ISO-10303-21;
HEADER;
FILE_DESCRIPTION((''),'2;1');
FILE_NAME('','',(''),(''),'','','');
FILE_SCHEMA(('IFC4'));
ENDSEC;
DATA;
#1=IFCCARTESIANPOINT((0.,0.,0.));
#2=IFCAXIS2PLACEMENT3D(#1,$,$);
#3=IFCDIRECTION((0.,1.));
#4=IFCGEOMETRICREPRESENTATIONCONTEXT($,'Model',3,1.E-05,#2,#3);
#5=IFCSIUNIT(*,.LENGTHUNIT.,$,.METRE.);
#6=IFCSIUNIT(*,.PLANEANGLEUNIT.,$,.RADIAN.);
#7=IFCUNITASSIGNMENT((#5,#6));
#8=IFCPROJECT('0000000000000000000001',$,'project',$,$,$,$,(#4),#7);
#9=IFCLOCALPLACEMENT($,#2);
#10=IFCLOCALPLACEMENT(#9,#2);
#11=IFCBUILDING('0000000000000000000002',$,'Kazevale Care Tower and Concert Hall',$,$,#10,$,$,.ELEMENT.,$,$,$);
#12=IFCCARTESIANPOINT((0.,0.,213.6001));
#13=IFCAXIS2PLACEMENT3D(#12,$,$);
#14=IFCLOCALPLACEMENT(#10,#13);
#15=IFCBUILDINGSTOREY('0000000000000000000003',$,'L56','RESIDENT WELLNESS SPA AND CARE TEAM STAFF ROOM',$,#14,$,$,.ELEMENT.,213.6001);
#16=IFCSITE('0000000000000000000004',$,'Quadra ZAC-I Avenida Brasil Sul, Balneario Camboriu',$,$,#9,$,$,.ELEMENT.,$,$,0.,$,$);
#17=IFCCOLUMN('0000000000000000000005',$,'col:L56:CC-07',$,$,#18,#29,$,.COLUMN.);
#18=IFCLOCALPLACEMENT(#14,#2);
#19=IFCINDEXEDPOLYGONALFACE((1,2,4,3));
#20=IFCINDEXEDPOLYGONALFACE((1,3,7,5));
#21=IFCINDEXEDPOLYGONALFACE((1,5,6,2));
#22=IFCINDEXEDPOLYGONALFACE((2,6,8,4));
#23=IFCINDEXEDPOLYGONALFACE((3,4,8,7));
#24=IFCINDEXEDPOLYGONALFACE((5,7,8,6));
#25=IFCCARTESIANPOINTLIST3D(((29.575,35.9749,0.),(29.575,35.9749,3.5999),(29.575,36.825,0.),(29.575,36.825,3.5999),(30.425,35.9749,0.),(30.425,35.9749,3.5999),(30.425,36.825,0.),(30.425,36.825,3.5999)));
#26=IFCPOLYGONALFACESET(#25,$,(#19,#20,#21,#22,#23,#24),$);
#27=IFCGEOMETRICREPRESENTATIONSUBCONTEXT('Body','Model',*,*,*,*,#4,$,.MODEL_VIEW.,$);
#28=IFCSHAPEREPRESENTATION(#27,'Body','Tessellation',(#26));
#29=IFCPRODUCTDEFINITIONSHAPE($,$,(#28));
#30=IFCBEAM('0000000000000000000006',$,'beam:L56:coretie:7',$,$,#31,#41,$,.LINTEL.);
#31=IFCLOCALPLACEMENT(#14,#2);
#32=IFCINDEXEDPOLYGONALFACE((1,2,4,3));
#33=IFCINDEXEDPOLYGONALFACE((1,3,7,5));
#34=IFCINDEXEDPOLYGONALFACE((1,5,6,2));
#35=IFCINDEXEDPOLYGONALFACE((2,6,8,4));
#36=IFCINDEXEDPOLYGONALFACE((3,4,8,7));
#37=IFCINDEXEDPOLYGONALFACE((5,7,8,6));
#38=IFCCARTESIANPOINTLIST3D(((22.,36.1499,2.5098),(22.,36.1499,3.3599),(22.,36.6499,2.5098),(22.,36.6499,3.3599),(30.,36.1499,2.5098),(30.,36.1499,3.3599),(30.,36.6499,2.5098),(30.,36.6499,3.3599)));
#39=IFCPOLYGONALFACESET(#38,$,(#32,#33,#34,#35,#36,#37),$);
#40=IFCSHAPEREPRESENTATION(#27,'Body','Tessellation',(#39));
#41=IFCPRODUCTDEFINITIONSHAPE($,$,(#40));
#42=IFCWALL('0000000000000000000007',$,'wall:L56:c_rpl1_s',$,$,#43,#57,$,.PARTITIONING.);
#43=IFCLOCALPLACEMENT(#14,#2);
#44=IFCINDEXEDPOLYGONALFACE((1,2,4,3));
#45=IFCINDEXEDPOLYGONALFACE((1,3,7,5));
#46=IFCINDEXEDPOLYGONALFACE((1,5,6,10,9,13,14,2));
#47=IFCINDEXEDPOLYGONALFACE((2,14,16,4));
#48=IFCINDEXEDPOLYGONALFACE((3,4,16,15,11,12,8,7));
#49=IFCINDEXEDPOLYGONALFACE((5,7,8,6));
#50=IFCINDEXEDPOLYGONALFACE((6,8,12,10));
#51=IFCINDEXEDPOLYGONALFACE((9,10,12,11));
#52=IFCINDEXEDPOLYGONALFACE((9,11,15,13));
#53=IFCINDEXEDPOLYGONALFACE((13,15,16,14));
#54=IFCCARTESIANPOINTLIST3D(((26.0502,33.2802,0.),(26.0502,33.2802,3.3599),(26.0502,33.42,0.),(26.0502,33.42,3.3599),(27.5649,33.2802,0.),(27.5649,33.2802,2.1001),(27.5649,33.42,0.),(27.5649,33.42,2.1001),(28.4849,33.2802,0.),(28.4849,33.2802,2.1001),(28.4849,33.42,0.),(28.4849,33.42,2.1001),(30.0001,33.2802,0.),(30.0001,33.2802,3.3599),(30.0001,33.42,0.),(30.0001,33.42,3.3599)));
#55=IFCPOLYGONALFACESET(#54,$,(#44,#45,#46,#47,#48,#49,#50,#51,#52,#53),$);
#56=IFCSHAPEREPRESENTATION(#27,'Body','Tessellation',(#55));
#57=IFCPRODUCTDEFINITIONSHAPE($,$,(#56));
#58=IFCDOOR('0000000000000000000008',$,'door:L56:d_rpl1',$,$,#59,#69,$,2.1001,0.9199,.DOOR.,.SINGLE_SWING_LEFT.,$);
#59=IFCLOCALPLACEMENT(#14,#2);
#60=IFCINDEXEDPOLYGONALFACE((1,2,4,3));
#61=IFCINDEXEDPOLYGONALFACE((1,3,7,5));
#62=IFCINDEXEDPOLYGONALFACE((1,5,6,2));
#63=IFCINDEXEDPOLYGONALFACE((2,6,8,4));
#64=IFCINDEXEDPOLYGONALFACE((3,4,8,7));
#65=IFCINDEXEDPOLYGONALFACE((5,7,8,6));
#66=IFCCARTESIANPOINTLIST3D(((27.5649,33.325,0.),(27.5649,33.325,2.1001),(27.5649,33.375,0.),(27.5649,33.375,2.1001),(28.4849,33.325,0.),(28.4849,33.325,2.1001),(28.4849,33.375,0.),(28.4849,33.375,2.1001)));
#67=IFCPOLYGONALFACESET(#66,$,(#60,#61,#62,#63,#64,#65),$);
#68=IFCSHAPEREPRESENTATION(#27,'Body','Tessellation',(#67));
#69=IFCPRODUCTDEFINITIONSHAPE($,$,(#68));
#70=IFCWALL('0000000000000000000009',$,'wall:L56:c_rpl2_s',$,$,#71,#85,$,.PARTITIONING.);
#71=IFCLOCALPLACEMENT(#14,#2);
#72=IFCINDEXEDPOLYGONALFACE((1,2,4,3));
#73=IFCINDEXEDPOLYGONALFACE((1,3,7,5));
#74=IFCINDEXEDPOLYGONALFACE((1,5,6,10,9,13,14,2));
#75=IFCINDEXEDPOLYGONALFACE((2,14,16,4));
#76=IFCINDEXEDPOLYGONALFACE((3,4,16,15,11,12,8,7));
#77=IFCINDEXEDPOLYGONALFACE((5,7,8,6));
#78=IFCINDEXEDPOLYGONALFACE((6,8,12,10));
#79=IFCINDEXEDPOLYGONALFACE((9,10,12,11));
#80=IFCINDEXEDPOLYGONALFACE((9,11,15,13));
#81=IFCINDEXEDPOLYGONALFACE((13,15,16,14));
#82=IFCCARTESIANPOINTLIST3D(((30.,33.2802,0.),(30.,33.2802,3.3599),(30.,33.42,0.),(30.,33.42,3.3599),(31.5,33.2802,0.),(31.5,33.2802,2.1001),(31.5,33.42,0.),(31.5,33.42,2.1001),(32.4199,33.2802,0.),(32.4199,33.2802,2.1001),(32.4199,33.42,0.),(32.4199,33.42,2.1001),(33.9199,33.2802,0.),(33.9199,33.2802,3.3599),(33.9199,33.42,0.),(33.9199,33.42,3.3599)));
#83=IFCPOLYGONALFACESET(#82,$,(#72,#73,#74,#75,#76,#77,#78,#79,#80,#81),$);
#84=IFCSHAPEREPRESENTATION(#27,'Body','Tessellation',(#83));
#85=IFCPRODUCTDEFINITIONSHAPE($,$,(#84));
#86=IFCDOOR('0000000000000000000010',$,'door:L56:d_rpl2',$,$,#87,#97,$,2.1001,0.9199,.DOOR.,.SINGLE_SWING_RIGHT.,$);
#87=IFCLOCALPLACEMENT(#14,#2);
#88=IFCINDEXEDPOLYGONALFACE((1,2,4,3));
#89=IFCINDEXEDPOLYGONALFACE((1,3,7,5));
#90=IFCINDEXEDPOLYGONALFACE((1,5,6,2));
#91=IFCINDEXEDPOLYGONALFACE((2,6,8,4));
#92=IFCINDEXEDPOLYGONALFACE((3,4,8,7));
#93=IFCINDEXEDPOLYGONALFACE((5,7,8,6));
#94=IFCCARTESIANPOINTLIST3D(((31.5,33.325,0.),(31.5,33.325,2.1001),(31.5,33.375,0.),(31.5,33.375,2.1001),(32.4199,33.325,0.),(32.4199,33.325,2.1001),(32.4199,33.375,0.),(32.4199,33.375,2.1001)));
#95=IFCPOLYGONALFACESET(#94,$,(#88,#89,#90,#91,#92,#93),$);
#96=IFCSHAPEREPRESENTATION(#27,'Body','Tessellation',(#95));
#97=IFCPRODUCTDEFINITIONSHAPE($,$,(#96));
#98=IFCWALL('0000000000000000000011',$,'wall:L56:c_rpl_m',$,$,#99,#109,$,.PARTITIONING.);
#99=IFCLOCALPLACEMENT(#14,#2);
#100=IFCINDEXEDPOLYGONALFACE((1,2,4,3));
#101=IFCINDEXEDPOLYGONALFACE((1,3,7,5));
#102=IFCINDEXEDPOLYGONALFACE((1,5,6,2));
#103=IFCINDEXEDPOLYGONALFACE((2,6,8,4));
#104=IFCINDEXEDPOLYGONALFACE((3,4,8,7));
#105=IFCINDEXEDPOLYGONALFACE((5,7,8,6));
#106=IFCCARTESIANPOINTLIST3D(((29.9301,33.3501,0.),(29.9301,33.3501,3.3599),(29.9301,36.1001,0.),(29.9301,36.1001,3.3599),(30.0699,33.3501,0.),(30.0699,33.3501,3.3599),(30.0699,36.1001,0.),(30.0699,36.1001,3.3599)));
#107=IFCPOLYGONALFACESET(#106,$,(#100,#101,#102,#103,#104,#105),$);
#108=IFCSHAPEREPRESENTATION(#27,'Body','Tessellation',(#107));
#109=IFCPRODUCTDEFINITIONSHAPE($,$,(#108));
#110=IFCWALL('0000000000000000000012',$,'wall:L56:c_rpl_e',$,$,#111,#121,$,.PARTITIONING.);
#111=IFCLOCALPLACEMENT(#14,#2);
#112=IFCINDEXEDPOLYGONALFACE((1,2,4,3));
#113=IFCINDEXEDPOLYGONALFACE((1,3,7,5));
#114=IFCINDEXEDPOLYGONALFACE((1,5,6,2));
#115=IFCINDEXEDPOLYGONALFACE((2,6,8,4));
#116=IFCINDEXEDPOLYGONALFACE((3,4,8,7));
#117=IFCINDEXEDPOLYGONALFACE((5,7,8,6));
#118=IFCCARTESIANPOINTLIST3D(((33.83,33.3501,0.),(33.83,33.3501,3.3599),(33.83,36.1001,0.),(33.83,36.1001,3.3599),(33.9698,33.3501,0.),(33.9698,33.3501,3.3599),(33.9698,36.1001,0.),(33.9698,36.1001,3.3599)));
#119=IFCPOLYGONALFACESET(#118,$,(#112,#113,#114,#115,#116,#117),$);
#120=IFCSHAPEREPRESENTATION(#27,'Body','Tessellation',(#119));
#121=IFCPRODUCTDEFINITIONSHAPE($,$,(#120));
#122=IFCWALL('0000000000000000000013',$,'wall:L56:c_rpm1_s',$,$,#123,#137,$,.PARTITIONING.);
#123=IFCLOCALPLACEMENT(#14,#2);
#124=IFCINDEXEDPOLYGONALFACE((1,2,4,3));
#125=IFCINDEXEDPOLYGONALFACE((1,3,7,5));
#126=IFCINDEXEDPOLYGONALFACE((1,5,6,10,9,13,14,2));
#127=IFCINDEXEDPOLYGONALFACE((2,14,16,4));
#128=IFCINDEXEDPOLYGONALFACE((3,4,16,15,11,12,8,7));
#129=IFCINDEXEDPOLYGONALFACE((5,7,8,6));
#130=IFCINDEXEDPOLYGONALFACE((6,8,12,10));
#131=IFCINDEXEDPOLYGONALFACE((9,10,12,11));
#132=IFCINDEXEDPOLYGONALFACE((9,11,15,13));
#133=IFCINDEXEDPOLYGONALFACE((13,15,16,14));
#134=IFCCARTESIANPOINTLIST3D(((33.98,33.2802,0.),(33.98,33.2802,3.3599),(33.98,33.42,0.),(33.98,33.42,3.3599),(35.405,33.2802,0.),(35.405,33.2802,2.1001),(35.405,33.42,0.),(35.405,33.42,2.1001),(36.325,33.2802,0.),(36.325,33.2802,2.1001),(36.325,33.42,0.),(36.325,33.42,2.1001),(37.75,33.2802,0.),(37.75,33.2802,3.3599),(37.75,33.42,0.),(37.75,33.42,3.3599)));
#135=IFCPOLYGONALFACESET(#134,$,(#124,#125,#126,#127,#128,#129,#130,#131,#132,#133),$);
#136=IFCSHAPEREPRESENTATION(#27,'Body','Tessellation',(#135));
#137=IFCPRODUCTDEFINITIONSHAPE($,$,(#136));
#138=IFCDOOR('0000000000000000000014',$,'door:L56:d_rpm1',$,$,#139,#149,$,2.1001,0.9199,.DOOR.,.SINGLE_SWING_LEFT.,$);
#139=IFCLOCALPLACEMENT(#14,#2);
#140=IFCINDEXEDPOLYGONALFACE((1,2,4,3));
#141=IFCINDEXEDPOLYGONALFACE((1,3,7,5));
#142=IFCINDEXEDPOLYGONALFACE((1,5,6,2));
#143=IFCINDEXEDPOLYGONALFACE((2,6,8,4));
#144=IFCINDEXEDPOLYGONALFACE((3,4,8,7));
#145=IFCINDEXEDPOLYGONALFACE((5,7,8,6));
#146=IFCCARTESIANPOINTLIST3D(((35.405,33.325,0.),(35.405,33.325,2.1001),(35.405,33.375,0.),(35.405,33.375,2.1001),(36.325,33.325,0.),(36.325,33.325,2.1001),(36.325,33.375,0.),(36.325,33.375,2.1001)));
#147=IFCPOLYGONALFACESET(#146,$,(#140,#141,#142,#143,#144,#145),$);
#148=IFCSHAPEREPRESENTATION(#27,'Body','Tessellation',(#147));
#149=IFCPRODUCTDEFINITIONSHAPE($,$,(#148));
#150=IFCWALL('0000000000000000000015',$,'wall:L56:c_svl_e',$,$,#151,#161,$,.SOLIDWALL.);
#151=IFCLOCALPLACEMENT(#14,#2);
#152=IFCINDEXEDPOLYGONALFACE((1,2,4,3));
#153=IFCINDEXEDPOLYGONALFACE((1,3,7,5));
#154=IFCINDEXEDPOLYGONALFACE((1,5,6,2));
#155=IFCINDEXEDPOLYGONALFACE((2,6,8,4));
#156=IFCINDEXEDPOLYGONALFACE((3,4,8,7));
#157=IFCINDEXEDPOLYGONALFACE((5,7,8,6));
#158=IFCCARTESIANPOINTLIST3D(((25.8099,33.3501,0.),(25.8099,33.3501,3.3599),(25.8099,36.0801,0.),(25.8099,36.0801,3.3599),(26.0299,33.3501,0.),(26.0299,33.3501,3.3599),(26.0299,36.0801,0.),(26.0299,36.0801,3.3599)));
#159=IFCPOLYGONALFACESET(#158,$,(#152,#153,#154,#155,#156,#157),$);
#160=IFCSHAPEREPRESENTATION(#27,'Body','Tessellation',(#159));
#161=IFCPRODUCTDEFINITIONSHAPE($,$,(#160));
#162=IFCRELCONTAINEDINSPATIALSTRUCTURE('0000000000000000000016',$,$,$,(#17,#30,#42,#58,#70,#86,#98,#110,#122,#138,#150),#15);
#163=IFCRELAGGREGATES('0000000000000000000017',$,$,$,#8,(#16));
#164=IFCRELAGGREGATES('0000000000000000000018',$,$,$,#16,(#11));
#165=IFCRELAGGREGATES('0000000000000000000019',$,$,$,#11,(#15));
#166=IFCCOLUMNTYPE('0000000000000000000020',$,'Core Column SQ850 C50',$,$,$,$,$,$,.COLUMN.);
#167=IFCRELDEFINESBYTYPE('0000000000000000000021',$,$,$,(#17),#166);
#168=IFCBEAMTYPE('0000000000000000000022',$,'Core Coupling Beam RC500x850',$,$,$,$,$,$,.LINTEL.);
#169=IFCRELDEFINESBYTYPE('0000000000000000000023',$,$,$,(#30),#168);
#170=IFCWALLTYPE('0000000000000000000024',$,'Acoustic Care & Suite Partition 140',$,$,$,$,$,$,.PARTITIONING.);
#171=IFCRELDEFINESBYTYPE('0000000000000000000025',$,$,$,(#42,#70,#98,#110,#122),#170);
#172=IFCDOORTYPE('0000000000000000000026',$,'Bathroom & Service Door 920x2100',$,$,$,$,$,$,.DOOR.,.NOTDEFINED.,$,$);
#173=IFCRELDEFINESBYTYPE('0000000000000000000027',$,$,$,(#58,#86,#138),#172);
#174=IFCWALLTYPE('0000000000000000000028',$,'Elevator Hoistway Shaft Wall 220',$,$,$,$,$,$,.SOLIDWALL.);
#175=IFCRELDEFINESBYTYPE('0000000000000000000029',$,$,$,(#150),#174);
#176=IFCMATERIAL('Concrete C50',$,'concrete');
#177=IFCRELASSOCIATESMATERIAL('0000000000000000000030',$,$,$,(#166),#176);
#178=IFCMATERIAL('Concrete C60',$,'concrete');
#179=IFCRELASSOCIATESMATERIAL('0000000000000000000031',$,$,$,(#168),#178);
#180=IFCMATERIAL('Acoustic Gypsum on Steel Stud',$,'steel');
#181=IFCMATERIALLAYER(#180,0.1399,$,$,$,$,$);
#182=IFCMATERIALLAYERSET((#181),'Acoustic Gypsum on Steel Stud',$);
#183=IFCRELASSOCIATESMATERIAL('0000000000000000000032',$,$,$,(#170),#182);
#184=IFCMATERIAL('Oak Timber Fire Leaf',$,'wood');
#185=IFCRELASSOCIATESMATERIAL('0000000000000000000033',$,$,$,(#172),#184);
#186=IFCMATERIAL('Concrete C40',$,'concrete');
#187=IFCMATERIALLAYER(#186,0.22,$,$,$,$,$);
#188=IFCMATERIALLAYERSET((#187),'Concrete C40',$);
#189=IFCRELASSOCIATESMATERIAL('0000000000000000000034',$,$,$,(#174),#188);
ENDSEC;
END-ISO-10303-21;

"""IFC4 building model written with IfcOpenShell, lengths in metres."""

from ifc_helpers import new_model, si_unit, direction, frame, frame_2d, origin, origin_2d, place, context, subcontext, project, spatial, rectangle, extrude, material, layer, layer_set, material_profile, profile_set, type_object, element, fill, save


model = new_model("IFC4")

# Units and contexts
model_context = context("Model", 3, precision=1e-05, world=origin(), true_north=direction((0.0, 1.0)))
body_context = subcontext(model_context, "Body", "Model", "MODEL_VIEW")
ifc_project = project(units=[si_unit("LENGTHUNIT", "METRE"), si_unit("PLANEANGLEUNIT", "RADIAN")], contexts=[model_context])

# Site, building, storey
site_placement = place(None, origin())
site = spatial("IfcSite", under=ifc_project, at=site_placement, Name="Quadra ZAC-I Avenida Brasil Sul, Balneario Camboriu", CompositionType="ELEMENT", RefElevation=0.0)
building_placement = place(site_placement, origin())
building = spatial("IfcBuilding", under=site, at=building_placement, Name="Kazevale Care Tower and Concert Hall", CompositionType="ELEMENT")
storey_placement = place(building_placement, frame((0.0, 0.0, 213.6001)))
storey = spatial("IfcBuildingStorey", under=building, at=storey_placement, Name="L56", Description="RESIDENT WELLNESS SPA AND CARE TEAM STAFF ROOM", CompositionType="ELEMENT", Elevation=213.6001)

# Column
ifc_material_1 = material(Name="Concrete C50", Category="concrete")
ifc_material_profile_1 = material_profile(ifc_material_1, rectangle(XDim=0.8501, YDim=0.8501, at=origin_2d()), Name="RC-SQ850")
ifc_profile_set_1 = profile_set([ifc_material_profile_1], Name="Concrete C50")
column_type = type_object("IfcColumnType", Name="Core Column SQ850 C50", PredefinedType="COLUMN", material=ifc_profile_set_1)
column_placement = place(storey_placement, frame((30.0, 36.3999, 0.0), z_axis=(0.0, 0.0, 1.0), x_axis=(1.0, 0.0, 0.0)))
element("IfcColumn", 1, at=column_placement, inside=storey, type_object=column_type, Name="col:L56:CC-07", PredefinedType="COLUMN", context=body_context, shape_type="SweptSolid", body=[
    extrude(rectangle(XDim=0.8501, YDim=0.8501, at=origin_2d()), origin(), (0.0, 0.0, 1.0), 3.5999),
])

# Beam
ifc_material_2 = material(Name="Concrete C60", Category="concrete")
ifc_material_profile_2 = material_profile(ifc_material_2, rectangle(XDim=0.5, YDim=0.8501, at=origin_2d()), Name="RC-B500x850")
ifc_profile_set_2 = profile_set([ifc_material_profile_2], Name="Concrete C60")
beam_type = type_object("IfcBeamType", Name="Core Coupling Beam RC500x850", PredefinedType="LINTEL", material=ifc_profile_set_2)
beam_placement = place(storey_placement, frame((30.0, 36.3999, 2.9348), z_axis=(-1.0, 0.0, 0.0), x_axis=(0.0, -1.0, 0.0)))
element("IfcBeam", 2, at=beam_placement, inside=storey, type_object=beam_type, Name="beam:L56:coretie:7", PredefinedType="LINTEL", context=body_context, shape_type="SweptSolid", body=[
    extrude(rectangle(XDim=0.5, YDim=0.8501, at=origin_2d()), origin(), (0.0, 0.0, 1.0), 8.0),
])

# Walls, openings, doors
ifc_material_3 = material(Name="Acoustic Gypsum on Steel Stud", Category="steel")
ifc_layer_1 = layer(ifc_material_3, 0.1399)
ifc_layer_set_1 = layer_set([ifc_layer_1], Name="Acoustic Gypsum on Steel Stud")
wall_type_1 = type_object("IfcWallType", Name="Acoustic Care & Suite Partition 140", PredefinedType="PARTITIONING", material=ifc_layer_set_1)
wall_1_placement = place(storey_placement, frame((26.05, 33.3501, 0.0), z_axis=(0.0, 0.0, 1.0), x_axis=(1.0, 0.0, 0.0)))
wall_1 = element("IfcWall", 3, at=wall_1_placement, inside=storey, type_object=wall_type_1, Name="wall:L56:c_rpl1_s", PredefinedType="PARTITIONING", context=body_context, shape_type="SweptSolid", body=[
    extrude(rectangle(XDim=3.95, YDim=0.1399, at=frame_2d((1.9751, 0.0))), origin(), (0.0, 0.0, 1.0), 3.3599),
])
opening_1_placement = place(wall_1_placement, frame((1.5149, 0.0, 0.0)))
opening_1 = element("IfcOpeningElement", 4, at=opening_1_placement, cuts=wall_1, PredefinedType="OPENING", context=body_context, shape_type="SweptSolid", body=[
    extrude(rectangle(XDim=0.9199, YDim=2.1001, at=frame_2d((0.46, 1.05))), frame((0.0, 0.0798, 0.0), z_axis=(0.0, -1.0, 0.0), x_axis=(1.0, 0.0, 0.0)), (0.0, 0.0, 1.0), 0.1599),
])
ifc_material_4 = material(Name="Oak Timber Fire Leaf", Category="wood")
door_type_1 = type_object("IfcDoorType", Name="Bathroom & Service Door 920x2100", OperationType="NOTDEFINED", PredefinedType="DOOR", material=ifc_material_4)
door_1_placement = place(opening_1_placement, origin())
door_1 = element("IfcDoor", 5, at=door_1_placement, inside=storey, type_object=door_type_1, Name="door:L56:d_rpl1", OperationType="SINGLE_SWING_LEFT", OverallHeight=2.1001, OverallWidth=0.9199, PredefinedType="DOOR", context=body_context, shape_type="SweptSolid", body=[
    extrude(rectangle(XDim=0.9199, YDim=2.1001, at=frame_2d((0.46, 1.05))), frame((0.0, 0.0249, 0.0), z_axis=(0.0, -1.0, 0.0), x_axis=(1.0, 0.0, 0.0)), (0.0, 0.0, 1.0), 0.05),
])
fill(opening_1, door_1)
wall_2_placement = place(storey_placement, frame((30.0, 33.3501, 0.0), z_axis=(0.0, 0.0, 1.0), x_axis=(1.0, 0.0, 0.0)))
wall_2 = element("IfcWall", 6, at=wall_2_placement, inside=storey, type_object=wall_type_1, Name="wall:L56:c_rpl2_s", PredefinedType="PARTITIONING", context=body_context, shape_type="SweptSolid", body=[
    extrude(rectangle(XDim=3.9199, YDim=0.1399, at=frame_2d((1.96, 0.0))), origin(), (0.0, 0.0, 1.0), 3.3599),
])
opening_2_placement = place(wall_2_placement, frame((1.5, 0.0, 0.0)))
opening_2 = element("IfcOpeningElement", 7, at=opening_2_placement, cuts=wall_2, PredefinedType="OPENING", context=body_context, shape_type="SweptSolid", body=[
    extrude(rectangle(XDim=0.9199, YDim=2.1001, at=frame_2d((0.46, 1.05))), frame((0.0, 0.0798, 0.0), z_axis=(0.0, -1.0, 0.0), x_axis=(1.0, 0.0, 0.0)), (0.0, 0.0, 1.0), 0.1599),
])
door_2_placement = place(opening_2_placement, origin())
door_2 = element("IfcDoor", 8, at=door_2_placement, inside=storey, type_object=door_type_1, Name="door:L56:d_rpl2", OperationType="SINGLE_SWING_RIGHT", OverallHeight=2.1001, OverallWidth=0.9199, PredefinedType="DOOR", context=body_context, shape_type="SweptSolid", body=[
    extrude(rectangle(XDim=0.9199, YDim=2.1001, at=frame_2d((0.46, 1.05))), frame((0.0, 0.0249, 0.0), z_axis=(0.0, -1.0, 0.0), x_axis=(1.0, 0.0, 0.0)), (0.0, 0.0, 1.0), 0.05),
])
fill(opening_2, door_2)

# Walls
for number, where, z_axis, x_axis, name in (
    (9, (30.0, 33.3501, 0.0), (0.0, 0.0, 1.0), (0.0, 1.0, 0.0), "wall:L56:c_rpl_m"),
    (10, (33.8999, 33.3501, 0.0), (0.0, 0.0, 1.0), (0.0, 1.0, 0.0), "wall:L56:c_rpl_e"),
):
    element("IfcWall", number, at=place(storey_placement, frame(where, z_axis=z_axis, x_axis=x_axis)), inside=storey, type_object=wall_type_1, Name=name, PredefinedType="PARTITIONING", context=body_context, shape_type="SweptSolid", body=[
        extrude(rectangle(XDim=2.75, YDim=0.1399, at=frame_2d((1.375, 0.0))), origin(), (0.0, 0.0, 1.0), 3.3599),
    ])

# Wall, opening, door
wall_3_placement = place(storey_placement, frame((33.98, 33.3501, 0.0), z_axis=(0.0, 0.0, 1.0), x_axis=(1.0, 0.0, 0.0)))
wall_3 = element("IfcWall", 11, at=wall_3_placement, inside=storey, type_object=wall_type_1, Name="wall:L56:c_rpm1_s", PredefinedType="PARTITIONING", context=body_context, shape_type="SweptSolid", body=[
    extrude(rectangle(XDim=3.77, YDim=0.1399, at=frame_2d((1.885, 0.0))), origin(), (0.0, 0.0, 1.0), 3.3599),
])
opening_3_placement = place(wall_3_placement, frame((1.425, 0.0, 0.0)))
opening_3 = element("IfcOpeningElement", 12, at=opening_3_placement, cuts=wall_3, PredefinedType="OPENING", context=body_context, shape_type="SweptSolid", body=[
    extrude(rectangle(XDim=0.9199, YDim=2.1001, at=frame_2d((0.46, 1.05))), frame((0.0, 0.0798, 0.0), z_axis=(0.0, -1.0, 0.0), x_axis=(1.0, 0.0, 0.0)), (0.0, 0.0, 1.0), 0.1599),
])
door_3_placement = place(opening_3_placement, origin())
door_3 = element("IfcDoor", 13, at=door_3_placement, inside=storey, type_object=door_type_1, Name="door:L56:d_rpm1", OperationType="SINGLE_SWING_LEFT", OverallHeight=2.1001, OverallWidth=0.9199, PredefinedType="DOOR", context=body_context, shape_type="SweptSolid", body=[
    extrude(rectangle(XDim=0.9199, YDim=2.1001, at=frame_2d((0.46, 1.05))), frame((0.0, 0.0249, 0.0), z_axis=(0.0, -1.0, 0.0), x_axis=(1.0, 0.0, 0.0)), (0.0, 0.0, 1.0), 0.05),
])
fill(opening_3, door_3)

# Wall
ifc_material_5 = material(Name="Concrete C40", Category="concrete")
ifc_layer_2 = layer(ifc_material_5, 0.22)
ifc_layer_set_2 = layer_set([ifc_layer_2], Name="Concrete C40")
wall_type_2 = type_object("IfcWallType", Name="Elevator Hoistway Shaft Wall 220", PredefinedType="SOLIDWALL", material=ifc_layer_set_2)
wall_4_placement = place(storey_placement, frame((25.9199, 33.3501, 0.0), z_axis=(0.0, 0.0, 1.0), x_axis=(0.0, 1.0, 0.0)))
element("IfcWall", 14, at=wall_4_placement, inside=storey, type_object=wall_type_2, Name="wall:L56:c_svl_e", PredefinedType="SOLIDWALL", context=body_context, shape_type="SweptSolid", body=[
    extrude(rectangle(XDim=2.73, YDim=0.22, at=frame_2d((1.365, 0.0))), origin(), (0.0, 0.0, 1.0), 3.3599),
])

save(model, "model.ifc")
